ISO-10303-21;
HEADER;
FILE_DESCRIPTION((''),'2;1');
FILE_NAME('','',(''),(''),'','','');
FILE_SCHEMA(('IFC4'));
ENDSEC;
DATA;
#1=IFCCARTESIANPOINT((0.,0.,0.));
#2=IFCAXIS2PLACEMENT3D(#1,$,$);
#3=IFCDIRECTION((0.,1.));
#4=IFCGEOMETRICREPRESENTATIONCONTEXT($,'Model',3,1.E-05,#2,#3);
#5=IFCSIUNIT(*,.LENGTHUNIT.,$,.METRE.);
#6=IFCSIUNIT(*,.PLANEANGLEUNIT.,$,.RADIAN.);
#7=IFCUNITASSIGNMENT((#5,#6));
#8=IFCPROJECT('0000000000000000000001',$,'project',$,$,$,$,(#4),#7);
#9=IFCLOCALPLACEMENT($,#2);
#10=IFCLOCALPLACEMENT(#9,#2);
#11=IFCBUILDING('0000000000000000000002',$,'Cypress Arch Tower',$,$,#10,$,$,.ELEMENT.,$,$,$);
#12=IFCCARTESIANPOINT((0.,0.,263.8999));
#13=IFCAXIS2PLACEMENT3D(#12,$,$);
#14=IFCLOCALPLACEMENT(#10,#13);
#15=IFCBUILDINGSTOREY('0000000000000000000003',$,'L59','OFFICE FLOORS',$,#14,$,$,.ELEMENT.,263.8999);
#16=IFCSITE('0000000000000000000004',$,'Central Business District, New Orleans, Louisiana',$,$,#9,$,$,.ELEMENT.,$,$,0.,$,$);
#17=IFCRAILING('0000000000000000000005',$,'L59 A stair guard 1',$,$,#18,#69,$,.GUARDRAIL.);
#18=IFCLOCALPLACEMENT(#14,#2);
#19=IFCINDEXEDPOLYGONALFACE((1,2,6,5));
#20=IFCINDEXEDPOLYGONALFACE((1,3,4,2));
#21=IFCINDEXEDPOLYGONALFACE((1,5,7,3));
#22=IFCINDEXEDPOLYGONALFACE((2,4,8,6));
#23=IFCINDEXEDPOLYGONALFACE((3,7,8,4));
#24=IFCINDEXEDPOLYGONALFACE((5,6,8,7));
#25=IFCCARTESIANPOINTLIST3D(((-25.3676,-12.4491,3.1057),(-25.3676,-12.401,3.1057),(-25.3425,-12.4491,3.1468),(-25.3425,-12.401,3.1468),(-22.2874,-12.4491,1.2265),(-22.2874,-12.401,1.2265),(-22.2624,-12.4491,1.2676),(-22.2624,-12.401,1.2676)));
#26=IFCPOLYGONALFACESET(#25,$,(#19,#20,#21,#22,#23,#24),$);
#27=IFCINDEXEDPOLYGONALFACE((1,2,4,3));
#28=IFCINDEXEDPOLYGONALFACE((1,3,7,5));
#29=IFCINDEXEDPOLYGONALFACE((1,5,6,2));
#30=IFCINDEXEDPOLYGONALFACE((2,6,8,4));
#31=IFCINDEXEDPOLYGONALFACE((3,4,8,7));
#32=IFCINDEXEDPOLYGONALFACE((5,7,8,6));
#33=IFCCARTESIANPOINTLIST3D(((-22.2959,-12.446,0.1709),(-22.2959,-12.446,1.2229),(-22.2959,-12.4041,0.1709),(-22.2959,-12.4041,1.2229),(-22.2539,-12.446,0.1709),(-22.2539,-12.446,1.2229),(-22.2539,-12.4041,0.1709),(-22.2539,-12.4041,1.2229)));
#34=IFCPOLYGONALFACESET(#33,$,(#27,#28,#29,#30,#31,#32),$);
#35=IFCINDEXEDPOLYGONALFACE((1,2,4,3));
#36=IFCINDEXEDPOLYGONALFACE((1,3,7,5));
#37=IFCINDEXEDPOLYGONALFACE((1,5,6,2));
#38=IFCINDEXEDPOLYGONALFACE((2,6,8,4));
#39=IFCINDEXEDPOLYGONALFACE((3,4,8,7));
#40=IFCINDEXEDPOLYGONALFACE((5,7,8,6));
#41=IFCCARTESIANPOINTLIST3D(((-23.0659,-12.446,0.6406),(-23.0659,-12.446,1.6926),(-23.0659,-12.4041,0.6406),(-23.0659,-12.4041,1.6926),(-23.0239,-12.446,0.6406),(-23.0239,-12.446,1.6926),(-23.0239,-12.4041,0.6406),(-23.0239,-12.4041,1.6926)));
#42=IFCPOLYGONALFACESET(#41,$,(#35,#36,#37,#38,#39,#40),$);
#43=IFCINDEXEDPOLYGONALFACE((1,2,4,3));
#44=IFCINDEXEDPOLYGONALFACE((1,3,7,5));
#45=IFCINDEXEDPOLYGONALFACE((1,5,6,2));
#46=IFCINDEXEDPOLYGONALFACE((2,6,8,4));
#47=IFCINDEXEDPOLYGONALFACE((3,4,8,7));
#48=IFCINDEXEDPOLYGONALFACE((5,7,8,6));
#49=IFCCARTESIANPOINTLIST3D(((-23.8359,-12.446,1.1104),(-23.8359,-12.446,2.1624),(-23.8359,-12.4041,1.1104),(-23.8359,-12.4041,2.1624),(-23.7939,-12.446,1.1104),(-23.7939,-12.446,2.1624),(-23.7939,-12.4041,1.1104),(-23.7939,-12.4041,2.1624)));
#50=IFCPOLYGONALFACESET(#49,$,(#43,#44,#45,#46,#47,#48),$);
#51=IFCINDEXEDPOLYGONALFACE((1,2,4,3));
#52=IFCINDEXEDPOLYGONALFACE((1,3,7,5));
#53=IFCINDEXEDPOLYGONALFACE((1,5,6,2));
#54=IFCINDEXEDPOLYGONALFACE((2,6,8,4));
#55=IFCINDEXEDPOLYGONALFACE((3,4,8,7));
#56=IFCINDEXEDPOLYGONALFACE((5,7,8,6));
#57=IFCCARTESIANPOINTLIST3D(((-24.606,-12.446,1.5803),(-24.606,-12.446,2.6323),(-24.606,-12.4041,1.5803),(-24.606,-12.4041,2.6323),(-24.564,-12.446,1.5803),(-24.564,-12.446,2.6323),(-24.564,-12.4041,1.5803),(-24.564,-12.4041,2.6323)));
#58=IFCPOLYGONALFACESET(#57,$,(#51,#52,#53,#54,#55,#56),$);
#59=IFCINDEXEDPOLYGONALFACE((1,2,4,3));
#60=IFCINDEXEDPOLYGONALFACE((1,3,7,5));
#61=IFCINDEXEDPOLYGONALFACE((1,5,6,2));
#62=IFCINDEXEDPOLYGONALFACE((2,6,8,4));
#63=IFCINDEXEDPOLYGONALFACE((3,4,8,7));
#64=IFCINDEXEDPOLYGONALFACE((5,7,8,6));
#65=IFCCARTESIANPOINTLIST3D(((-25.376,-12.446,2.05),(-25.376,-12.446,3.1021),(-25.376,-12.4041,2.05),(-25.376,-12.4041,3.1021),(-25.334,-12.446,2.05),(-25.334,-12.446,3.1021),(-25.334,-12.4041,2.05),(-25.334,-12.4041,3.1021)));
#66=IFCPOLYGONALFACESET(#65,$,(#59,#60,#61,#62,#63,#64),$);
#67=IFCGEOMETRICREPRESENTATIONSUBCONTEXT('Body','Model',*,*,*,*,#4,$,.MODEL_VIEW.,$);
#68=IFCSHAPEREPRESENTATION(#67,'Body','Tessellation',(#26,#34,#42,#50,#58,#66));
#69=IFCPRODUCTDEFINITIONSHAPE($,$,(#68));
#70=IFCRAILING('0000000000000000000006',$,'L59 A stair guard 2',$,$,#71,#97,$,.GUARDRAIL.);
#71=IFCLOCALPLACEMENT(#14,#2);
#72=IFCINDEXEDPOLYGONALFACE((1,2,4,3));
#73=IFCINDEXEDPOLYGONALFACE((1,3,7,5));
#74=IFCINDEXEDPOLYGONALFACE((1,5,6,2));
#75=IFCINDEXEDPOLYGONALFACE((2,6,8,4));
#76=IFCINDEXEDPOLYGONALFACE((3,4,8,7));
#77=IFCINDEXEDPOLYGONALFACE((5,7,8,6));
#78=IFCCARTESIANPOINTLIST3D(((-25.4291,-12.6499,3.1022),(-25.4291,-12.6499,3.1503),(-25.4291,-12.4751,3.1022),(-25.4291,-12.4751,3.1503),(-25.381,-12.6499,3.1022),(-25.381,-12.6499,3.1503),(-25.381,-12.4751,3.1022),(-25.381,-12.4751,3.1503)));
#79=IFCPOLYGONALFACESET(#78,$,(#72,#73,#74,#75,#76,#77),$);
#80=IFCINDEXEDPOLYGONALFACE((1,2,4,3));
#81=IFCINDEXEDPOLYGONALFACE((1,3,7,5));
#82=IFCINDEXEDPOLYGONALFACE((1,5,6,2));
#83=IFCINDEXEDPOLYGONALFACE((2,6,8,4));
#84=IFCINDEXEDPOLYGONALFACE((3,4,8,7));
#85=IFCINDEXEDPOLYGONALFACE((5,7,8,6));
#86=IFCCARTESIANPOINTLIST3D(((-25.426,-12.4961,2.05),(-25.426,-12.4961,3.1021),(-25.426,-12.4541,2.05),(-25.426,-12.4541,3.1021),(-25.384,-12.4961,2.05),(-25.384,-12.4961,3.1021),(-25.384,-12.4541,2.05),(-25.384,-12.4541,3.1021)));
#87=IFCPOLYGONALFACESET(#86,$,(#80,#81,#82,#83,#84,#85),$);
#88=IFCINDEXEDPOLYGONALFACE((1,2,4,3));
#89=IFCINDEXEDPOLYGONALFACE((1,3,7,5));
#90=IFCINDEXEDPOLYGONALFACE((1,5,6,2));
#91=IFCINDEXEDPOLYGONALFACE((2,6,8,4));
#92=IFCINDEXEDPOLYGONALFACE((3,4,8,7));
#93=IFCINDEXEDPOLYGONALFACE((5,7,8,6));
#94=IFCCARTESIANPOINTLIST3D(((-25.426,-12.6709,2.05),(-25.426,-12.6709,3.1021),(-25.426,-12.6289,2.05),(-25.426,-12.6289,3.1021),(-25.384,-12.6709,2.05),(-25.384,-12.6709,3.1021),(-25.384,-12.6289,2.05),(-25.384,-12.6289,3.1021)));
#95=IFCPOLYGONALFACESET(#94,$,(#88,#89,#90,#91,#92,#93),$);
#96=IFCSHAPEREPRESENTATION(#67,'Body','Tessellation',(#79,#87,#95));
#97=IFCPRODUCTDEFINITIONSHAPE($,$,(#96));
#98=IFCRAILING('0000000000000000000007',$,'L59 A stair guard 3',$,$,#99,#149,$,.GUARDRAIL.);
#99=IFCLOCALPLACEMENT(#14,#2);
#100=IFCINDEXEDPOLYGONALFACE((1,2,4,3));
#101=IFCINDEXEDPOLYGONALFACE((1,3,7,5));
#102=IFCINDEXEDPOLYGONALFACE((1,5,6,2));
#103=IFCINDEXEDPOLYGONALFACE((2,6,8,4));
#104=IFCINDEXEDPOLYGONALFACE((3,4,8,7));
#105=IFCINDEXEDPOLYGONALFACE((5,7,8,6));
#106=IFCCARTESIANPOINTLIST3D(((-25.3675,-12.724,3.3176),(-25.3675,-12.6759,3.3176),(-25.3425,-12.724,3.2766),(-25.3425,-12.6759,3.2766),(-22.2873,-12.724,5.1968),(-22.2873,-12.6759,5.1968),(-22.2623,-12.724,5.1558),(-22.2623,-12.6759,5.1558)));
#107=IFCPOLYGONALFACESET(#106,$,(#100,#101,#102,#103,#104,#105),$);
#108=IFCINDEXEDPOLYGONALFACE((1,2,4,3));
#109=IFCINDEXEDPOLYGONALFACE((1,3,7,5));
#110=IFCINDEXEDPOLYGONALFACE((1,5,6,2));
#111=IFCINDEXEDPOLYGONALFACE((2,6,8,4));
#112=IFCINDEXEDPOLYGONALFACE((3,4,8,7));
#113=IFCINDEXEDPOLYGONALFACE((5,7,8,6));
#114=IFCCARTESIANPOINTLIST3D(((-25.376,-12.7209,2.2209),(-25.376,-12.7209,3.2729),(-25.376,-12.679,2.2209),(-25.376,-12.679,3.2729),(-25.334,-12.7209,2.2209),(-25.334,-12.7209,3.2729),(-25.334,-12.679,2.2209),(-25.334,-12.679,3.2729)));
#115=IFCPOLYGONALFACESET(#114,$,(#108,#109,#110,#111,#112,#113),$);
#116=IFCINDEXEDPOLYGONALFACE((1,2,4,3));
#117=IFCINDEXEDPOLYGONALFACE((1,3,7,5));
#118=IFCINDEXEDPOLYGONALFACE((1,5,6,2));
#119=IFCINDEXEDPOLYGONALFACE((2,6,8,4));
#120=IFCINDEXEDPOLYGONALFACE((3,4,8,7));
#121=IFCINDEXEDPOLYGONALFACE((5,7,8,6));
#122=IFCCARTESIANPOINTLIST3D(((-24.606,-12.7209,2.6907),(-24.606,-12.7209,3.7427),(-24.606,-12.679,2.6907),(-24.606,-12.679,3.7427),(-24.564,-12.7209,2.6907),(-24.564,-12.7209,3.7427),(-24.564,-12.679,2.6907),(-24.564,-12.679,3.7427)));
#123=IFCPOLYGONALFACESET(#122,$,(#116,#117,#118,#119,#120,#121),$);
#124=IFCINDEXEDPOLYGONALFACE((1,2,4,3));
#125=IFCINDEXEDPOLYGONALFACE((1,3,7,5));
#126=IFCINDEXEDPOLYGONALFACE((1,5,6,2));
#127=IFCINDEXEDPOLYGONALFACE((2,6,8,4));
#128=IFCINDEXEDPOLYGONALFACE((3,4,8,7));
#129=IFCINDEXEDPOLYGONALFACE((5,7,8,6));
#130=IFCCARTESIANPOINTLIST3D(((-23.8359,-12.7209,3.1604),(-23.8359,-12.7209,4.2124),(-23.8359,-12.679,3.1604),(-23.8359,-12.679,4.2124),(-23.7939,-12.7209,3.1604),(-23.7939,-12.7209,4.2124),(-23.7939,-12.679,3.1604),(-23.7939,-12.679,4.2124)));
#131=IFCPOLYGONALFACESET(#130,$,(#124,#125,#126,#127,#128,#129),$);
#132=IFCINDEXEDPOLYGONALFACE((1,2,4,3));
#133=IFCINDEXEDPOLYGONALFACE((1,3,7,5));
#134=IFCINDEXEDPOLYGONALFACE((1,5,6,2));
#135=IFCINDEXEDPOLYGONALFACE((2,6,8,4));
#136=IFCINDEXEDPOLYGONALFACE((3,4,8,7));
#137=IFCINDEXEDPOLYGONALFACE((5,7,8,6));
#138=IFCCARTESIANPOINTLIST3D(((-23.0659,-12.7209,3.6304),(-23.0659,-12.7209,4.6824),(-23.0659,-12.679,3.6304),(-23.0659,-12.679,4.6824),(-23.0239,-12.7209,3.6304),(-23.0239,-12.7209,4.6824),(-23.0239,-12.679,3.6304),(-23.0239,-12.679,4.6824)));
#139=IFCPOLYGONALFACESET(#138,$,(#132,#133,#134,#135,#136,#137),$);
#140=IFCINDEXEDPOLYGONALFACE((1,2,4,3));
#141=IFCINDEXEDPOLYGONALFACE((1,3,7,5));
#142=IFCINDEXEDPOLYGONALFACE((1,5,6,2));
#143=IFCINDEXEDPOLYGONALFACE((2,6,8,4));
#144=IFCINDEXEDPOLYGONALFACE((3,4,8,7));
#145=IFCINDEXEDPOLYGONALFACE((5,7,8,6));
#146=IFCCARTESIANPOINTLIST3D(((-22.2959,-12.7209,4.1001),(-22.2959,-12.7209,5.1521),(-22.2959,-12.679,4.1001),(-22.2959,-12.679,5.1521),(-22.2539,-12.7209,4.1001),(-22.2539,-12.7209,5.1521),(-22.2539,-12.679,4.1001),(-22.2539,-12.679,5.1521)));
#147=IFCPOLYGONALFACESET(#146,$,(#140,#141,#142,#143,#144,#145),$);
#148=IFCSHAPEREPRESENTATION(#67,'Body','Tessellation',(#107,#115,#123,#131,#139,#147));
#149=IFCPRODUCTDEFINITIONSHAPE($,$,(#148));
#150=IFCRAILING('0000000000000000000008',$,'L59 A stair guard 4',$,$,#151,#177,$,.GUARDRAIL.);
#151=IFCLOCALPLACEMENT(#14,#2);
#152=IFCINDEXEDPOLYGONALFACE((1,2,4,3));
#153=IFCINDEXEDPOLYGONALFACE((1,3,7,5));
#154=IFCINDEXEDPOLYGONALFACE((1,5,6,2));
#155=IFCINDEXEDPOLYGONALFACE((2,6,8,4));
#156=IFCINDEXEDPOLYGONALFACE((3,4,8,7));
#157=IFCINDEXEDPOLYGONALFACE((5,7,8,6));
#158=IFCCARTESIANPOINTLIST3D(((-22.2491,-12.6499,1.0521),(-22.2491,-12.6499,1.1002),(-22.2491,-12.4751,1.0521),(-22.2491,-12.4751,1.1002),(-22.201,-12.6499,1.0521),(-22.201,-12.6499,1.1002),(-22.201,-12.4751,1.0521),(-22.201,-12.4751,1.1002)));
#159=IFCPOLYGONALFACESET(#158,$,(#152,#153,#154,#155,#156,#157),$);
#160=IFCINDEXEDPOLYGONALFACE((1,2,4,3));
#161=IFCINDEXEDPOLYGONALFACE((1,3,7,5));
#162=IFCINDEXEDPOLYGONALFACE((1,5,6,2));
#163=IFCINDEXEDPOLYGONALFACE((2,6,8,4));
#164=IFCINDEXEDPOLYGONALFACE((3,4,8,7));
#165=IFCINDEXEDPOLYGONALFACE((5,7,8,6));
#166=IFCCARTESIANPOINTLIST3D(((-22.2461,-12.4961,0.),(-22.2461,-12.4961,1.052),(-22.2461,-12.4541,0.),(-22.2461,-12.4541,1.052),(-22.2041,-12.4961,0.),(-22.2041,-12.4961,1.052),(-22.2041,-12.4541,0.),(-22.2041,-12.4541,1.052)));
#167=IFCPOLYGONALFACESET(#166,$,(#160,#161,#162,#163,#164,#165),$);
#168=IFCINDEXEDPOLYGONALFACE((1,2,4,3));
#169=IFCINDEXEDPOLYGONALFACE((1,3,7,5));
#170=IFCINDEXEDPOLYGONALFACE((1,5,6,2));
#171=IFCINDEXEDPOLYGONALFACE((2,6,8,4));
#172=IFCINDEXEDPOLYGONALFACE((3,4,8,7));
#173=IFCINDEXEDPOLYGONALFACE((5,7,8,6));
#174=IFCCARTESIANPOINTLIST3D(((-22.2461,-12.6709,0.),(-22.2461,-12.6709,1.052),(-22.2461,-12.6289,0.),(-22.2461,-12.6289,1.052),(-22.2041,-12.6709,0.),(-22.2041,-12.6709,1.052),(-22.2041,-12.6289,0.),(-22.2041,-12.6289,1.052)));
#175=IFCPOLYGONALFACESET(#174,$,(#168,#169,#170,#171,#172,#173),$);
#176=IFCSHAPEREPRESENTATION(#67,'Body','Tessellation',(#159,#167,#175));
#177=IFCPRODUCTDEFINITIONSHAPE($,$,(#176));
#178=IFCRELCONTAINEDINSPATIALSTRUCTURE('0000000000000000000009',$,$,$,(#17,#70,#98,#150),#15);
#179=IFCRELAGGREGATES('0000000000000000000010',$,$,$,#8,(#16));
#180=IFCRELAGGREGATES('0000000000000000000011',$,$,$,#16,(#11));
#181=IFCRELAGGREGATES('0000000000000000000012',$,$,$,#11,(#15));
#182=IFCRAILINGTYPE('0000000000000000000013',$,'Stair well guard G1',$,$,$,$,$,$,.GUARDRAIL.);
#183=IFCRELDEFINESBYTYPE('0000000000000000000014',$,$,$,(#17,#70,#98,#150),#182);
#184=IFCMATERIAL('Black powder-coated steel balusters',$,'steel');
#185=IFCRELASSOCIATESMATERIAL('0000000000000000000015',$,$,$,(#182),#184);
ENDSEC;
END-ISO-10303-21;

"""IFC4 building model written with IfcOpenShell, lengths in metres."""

from ifc_helpers import new_model, si_unit, direction, frame, origin, origin_2d, place, context, subcontext, project, spatial, rectangle, extrude, material, type_object, element, save


model = new_model("IFC4")

# Units and contexts
model_context = context("Model", 3, precision=1e-05, world=origin(), true_north=direction((0.0, 1.0)))
body_context = subcontext(model_context, "Body", "Model", "MODEL_VIEW")
ifc_project = project(units=[si_unit("LENGTHUNIT", "METRE"), si_unit("PLANEANGLEUNIT", "RADIAN")], contexts=[model_context])

# Site, building, storey
site_placement = place(None, origin())
site = spatial("IfcSite", under=ifc_project, at=site_placement, Name="Central Business District, New Orleans, Louisiana", CompositionType="ELEMENT", RefElevation=0.0)
building_placement = place(site_placement, origin())
building = spatial("IfcBuilding", under=site, at=building_placement, Name="Cypress Arch Tower", CompositionType="ELEMENT")
storey_placement = place(building_placement, frame((0.0, 0.0, 263.8999)))
storey = spatial("IfcBuildingStorey", under=building, at=storey_placement, Name="L59", Description="OFFICE FLOORS", CompositionType="ELEMENT", Elevation=263.8999)

# Railings
ifc_material_1 = material(Name="Black powder-coated steel balusters", Category="steel")
railing_type_1 = type_object("IfcRailingType", Name="Stair well guard G1", PredefinedType="GUARDRAIL", material=ifc_material_1)
railing_1_placement = place(storey_placement, frame((-22.2749, -12.425, 0.1709)))
element("IfcRailing", 1, at=railing_1_placement, inside=storey, type_object=railing_type_1, Name="L59 A stair guard 1", PredefinedType="GUARDRAIL", context=body_context, shape_type="SweptSolid", body=[
    extrude(rectangle(XDim=0.0481, YDim=0.0481, at=origin_2d()), frame((0.0, 0.0, 1.0762), z_axis=(-0.853666, 0.0, 0.52082), x_axis=(0.0, -1.0, 0.0)), (0.0, 0.0, 1.0), 3.6082),
    extrude(rectangle(XDim=0.042, YDim=0.042, at=origin_2d()), origin(), (0.0, 0.0, 1.0), 1.052),
    extrude(rectangle(XDim=0.042, YDim=0.042, at=origin_2d()), frame((-0.77, 0.0, 0.4697)), (0.0, 0.0, 1.0), 1.052),
    extrude(rectangle(XDim=0.042, YDim=0.042, at=origin_2d()), frame((-1.54, 0.0, 0.9395)), (0.0, 0.0, 1.0), 1.052),
    extrude(rectangle(XDim=0.042, YDim=0.042, at=origin_2d()), frame((-2.3101, 0.0, 1.4094)), (0.0, 0.0, 1.0), 1.052),
    extrude(rectangle(XDim=0.042, YDim=0.042, at=origin_2d()), frame((-3.0801, 0.0, 1.8792)), (0.0, 0.0, 1.0), 1.052),
])
railing_2_placement = place(storey_placement, frame((-25.405, -12.4751, 2.05)))
element("IfcRailing", 2, at=railing_2_placement, inside=storey, type_object=railing_type_1, Name="L59 A stair guard 2", PredefinedType="GUARDRAIL", context=body_context, shape_type="SweptSolid", body=[
    extrude(rectangle(XDim=0.0481, YDim=0.0481, at=origin_2d()), frame((0.0, 0.0, 1.0762), z_axis=(0.0, -1.0, 0.0), x_axis=(1.0, 0.0, 0.0)), (0.0, 0.0, 1.0), 0.1748),
    extrude(rectangle(XDim=0.042, YDim=0.042, at=origin_2d()), origin(), (0.0, 0.0, 1.0), 1.052),
    extrude(rectangle(XDim=0.042, YDim=0.042, at=origin_2d()), frame((0.0, -0.1748, 0.0)), (0.0, 0.0, 1.0), 1.052),
])
railing_3_placement = place(storey_placement, frame((-25.355, -12.7, 2.2209)))
element("IfcRailing", 3, at=railing_3_placement, inside=storey, type_object=railing_type_1, Name="L59 A stair guard 3", PredefinedType="GUARDRAIL", context=body_context, shape_type="SweptSolid", body=[
    extrude(rectangle(XDim=0.0481, YDim=0.0481, at=origin_2d()), frame((0.0, 0.0, 1.0762), z_axis=(0.853666, 0.0, 0.52082), x_axis=(0.0, 1.0, 0.0)), (0.0, 0.0, 1.0), 3.6082),
    extrude(rectangle(XDim=0.042, YDim=0.042, at=origin_2d()), origin(), (0.0, 0.0, 1.0), 1.052),
    extrude(rectangle(XDim=0.042, YDim=0.042, at=origin_2d()), frame((0.77, 0.0, 0.4697)), (0.0, 0.0, 1.0), 1.052),
    extrude(rectangle(XDim=0.042, YDim=0.042, at=origin_2d()), frame((1.54, 0.0, 0.9395)), (0.0, 0.0, 1.0), 1.052),
    extrude(rectangle(XDim=0.042, YDim=0.042, at=origin_2d()), frame((2.3101, 0.0, 1.4094)), (0.0, 0.0, 1.0), 1.052),
    extrude(rectangle(XDim=0.042, YDim=0.042, at=origin_2d()), frame((3.0801, 0.0, 1.8792)), (0.0, 0.0, 1.0), 1.052),
])
railing_4_placement = place(storey_placement, frame((-22.2251, -12.4751, 0.0)))
element("IfcRailing", 4, at=railing_4_placement, inside=storey, type_object=railing_type_1, Name="L59 A stair guard 4", PredefinedType="GUARDRAIL", context=body_context, shape_type="SweptSolid", body=[
    extrude(rectangle(XDim=0.0481, YDim=0.0481, at=origin_2d()), frame((0.0, 0.0, 1.0762), z_axis=(0.0, -1.0, 0.0), x_axis=(1.0, 0.0, 0.0)), (0.0, 0.0, 1.0), 0.1748),
    extrude(rectangle(XDim=0.042, YDim=0.042, at=origin_2d()), origin(), (0.0, 0.0, 1.0), 1.052),
    extrude(rectangle(XDim=0.042, YDim=0.042, at=origin_2d()), frame((0.0, -0.1748, 0.0)), (0.0, 0.0, 1.0), 1.052),
])

save(model, "model.ifc")
